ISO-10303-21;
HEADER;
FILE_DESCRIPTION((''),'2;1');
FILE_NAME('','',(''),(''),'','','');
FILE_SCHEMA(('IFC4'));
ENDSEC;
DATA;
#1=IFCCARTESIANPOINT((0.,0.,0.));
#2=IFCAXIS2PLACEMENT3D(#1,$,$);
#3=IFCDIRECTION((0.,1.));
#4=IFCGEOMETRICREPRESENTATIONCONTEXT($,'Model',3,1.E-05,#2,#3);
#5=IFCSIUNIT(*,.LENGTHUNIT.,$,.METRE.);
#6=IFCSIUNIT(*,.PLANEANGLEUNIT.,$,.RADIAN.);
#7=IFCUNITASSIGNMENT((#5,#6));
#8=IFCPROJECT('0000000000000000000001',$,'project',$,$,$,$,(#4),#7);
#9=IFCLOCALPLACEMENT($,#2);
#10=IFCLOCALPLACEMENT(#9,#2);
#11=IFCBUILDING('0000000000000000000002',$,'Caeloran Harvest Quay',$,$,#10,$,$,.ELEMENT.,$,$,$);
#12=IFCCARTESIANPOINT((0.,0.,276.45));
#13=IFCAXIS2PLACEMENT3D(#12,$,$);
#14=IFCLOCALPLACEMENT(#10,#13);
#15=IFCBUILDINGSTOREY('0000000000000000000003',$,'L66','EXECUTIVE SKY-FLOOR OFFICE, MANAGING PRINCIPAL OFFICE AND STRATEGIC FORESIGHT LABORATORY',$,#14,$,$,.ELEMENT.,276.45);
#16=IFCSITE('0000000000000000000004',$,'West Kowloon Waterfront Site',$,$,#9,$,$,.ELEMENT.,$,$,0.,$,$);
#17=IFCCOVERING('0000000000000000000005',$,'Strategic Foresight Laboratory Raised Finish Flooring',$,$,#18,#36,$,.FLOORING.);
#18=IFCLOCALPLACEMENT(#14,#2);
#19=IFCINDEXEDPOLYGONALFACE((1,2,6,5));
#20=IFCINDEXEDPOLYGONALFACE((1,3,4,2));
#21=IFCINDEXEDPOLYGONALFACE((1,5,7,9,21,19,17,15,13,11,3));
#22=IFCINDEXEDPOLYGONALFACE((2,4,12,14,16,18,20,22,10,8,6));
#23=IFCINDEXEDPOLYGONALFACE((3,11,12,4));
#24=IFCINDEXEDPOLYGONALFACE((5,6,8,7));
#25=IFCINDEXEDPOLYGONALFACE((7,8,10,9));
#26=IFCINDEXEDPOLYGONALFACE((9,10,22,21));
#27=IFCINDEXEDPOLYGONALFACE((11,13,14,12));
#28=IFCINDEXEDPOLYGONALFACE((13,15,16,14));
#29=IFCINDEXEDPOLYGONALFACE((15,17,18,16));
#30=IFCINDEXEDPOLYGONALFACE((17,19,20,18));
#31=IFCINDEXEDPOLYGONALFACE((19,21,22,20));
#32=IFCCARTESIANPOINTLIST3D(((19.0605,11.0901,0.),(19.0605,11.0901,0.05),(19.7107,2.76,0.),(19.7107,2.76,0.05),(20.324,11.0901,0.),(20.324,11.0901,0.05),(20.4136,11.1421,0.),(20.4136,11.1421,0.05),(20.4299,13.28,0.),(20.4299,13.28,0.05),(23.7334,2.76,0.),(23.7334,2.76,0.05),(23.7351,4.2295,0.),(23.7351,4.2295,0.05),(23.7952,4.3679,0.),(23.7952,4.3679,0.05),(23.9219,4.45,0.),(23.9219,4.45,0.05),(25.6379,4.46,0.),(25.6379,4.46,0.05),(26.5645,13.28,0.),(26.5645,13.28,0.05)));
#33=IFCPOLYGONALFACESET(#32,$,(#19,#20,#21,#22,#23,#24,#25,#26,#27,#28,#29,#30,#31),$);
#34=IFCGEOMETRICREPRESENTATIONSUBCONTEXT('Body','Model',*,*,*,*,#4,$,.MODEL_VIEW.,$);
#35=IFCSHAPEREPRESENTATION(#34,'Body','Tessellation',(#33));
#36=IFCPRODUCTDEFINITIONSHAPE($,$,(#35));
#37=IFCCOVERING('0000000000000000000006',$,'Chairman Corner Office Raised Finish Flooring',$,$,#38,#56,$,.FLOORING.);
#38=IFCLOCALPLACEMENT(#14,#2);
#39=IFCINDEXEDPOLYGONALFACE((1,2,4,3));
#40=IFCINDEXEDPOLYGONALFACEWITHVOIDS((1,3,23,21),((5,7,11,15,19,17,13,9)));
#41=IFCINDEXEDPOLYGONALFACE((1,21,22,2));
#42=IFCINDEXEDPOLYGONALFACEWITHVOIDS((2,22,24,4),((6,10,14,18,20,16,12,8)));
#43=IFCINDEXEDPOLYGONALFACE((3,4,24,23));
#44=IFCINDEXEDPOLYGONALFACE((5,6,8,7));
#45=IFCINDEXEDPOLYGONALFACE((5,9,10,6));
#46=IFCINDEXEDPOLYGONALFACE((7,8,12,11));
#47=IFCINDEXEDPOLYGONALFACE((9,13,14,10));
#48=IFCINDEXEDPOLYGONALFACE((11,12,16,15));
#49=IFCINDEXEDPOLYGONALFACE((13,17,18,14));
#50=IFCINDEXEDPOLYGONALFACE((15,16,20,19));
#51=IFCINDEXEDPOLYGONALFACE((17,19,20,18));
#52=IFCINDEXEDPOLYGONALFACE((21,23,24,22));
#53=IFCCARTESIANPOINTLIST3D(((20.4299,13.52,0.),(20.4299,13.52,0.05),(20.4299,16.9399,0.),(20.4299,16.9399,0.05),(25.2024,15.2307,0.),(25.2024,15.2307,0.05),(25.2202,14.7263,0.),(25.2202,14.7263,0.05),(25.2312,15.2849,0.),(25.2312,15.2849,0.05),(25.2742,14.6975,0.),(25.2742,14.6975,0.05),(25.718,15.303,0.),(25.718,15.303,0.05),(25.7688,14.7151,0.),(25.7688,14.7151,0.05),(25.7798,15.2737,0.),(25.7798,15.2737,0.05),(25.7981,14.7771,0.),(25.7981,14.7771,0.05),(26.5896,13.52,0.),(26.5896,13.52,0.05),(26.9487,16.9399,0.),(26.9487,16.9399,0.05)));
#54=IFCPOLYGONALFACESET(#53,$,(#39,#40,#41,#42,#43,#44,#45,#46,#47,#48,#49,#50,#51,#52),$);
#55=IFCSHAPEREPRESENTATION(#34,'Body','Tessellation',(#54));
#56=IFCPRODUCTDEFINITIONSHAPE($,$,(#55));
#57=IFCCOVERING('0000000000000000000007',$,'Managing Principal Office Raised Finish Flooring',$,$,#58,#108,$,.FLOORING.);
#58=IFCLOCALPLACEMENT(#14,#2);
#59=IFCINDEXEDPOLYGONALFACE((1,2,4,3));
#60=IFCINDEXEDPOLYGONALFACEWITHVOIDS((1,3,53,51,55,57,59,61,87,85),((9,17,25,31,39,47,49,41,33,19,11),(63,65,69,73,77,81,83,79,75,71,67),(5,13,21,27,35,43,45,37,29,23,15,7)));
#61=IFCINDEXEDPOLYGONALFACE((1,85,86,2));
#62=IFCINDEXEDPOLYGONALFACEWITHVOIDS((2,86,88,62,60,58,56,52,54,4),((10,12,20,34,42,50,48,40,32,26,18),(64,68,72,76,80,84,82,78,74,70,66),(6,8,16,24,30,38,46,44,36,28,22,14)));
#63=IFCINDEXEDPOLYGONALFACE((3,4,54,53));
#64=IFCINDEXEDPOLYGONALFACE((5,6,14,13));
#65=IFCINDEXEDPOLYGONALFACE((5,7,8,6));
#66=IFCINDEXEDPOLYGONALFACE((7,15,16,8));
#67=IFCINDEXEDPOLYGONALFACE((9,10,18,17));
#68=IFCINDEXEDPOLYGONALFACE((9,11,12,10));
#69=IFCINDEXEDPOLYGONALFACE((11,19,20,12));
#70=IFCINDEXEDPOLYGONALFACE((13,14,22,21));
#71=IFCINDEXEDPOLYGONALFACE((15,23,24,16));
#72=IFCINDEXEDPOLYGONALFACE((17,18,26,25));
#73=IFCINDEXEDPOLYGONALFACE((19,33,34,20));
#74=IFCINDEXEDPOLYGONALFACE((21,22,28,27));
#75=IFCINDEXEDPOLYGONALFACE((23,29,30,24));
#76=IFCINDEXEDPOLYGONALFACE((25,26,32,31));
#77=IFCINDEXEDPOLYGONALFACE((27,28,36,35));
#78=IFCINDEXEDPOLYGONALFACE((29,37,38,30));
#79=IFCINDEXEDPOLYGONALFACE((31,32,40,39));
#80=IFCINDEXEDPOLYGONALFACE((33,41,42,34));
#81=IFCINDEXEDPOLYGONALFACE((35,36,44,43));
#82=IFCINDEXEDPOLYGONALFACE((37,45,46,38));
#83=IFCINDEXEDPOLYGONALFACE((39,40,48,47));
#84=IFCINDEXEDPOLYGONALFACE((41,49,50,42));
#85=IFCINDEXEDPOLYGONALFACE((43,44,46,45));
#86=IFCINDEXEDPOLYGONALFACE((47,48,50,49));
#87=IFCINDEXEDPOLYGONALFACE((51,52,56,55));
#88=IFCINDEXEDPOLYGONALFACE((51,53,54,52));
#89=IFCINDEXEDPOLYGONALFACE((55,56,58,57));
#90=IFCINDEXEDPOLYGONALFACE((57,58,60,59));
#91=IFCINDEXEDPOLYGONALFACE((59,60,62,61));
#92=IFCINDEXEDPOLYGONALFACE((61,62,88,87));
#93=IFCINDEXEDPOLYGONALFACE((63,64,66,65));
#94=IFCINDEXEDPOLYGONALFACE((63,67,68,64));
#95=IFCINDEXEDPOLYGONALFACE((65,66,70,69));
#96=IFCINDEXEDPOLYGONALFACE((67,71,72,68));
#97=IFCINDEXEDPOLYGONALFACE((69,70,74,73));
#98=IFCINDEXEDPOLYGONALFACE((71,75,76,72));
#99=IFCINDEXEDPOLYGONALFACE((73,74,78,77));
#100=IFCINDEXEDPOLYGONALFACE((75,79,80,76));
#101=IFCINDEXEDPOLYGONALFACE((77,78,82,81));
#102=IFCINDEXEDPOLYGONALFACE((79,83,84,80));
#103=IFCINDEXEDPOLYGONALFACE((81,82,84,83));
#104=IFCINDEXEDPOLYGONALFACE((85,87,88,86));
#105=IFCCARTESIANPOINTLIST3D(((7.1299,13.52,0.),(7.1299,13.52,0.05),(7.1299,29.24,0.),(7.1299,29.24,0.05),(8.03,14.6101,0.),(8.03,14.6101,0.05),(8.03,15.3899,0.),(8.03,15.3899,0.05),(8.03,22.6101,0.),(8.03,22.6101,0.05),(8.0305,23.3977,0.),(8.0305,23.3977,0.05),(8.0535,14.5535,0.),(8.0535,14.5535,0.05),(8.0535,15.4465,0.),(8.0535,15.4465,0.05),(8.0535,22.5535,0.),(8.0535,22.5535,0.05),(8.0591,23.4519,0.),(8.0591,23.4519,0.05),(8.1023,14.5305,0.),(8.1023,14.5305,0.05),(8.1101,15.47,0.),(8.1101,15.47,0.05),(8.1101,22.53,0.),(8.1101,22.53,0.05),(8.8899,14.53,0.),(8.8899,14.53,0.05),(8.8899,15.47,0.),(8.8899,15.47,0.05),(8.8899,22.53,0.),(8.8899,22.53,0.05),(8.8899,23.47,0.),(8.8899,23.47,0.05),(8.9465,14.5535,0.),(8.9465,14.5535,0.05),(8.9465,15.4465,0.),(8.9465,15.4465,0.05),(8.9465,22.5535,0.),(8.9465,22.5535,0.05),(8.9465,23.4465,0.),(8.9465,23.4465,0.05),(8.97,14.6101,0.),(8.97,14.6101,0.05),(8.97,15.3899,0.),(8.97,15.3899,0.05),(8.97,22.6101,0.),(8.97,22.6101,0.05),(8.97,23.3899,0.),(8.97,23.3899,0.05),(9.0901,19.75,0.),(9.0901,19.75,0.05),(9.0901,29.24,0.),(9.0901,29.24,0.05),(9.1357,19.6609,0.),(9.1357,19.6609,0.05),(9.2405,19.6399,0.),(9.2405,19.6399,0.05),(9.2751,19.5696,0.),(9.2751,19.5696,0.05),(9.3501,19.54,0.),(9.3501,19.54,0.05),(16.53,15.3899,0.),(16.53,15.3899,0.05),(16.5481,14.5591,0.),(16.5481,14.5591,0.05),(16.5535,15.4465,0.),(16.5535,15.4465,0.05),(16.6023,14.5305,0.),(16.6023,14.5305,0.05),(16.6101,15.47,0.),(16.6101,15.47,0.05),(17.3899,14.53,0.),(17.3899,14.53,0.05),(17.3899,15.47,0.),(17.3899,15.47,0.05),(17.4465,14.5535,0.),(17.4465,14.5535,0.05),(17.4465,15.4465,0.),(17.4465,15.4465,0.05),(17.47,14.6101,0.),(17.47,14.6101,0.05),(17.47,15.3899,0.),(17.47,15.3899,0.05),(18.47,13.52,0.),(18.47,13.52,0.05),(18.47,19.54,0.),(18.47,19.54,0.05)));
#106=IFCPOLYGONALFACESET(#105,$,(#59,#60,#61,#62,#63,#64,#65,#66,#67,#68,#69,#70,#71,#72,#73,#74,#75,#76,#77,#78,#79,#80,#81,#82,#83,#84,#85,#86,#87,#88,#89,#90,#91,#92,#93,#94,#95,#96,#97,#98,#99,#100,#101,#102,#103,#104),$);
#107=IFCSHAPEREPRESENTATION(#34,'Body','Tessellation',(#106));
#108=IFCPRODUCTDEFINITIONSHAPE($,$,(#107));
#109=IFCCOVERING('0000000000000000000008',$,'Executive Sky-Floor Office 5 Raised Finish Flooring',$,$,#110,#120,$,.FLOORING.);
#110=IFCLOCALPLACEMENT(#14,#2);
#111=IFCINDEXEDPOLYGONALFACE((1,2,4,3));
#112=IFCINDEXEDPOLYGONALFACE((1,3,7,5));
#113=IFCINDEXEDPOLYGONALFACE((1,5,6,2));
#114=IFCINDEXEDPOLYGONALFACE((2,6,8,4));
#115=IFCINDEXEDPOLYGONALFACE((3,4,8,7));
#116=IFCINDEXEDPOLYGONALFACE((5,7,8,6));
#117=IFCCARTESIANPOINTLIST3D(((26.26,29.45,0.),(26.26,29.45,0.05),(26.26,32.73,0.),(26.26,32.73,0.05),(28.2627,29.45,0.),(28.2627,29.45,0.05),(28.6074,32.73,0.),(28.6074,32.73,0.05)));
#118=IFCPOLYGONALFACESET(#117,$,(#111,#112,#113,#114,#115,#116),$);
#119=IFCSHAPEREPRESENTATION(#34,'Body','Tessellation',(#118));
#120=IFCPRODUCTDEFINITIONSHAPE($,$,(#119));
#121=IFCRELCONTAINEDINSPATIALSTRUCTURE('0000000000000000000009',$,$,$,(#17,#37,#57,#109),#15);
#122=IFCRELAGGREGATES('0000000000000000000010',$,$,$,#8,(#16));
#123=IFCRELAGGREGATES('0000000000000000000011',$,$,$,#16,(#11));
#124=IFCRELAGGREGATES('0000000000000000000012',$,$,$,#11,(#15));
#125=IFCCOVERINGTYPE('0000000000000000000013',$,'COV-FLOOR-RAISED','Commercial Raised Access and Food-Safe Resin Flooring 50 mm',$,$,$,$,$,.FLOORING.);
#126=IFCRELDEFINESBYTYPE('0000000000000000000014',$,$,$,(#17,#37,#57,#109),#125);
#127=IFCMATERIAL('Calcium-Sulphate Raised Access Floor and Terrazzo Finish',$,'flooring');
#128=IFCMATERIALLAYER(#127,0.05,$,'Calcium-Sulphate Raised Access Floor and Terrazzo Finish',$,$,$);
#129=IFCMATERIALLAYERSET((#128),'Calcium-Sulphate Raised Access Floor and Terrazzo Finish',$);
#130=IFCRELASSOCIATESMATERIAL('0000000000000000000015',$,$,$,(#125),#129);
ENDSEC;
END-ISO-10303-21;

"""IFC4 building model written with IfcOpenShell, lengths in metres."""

from ifc_helpers import new_model, si_unit, direction, frame, origin, place, context, subcontext, project, spatial, polyline, outline, extrude, material, layer, layer_set, type_object, element, save


model = new_model("IFC4")

# Units and contexts
model_context = context("Model", 3, precision=1e-05, world=origin(), true_north=direction((0.0, 1.0)))
body_context = subcontext(model_context, "Body", "Model", "MODEL_VIEW")
ifc_project = project(units=[si_unit("LENGTHUNIT", "METRE"), si_unit("PLANEANGLEUNIT", "RADIAN")], contexts=[model_context])

# Site, building, storey
site_placement = place(None, origin())
site = spatial("IfcSite", under=ifc_project, at=site_placement, Name="West Kowloon Waterfront Site", CompositionType="ELEMENT", RefElevation=0.0)
building_placement = place(site_placement, origin())
building = spatial("IfcBuilding", under=site, at=building_placement, Name="Caeloran Harvest Quay", CompositionType="ELEMENT")
storey_placement = place(building_placement, frame((0.0, 0.0, 276.45)))
storey = spatial("IfcBuildingStorey", under=building, at=storey_placement, Name="L66", Description="EXECUTIVE SKY-FLOOR OFFICE, MANAGING PRINCIPAL OFFICE AND STRATEGIC FORESIGHT LABORATORY", CompositionType="ELEMENT", Elevation=276.45)

# Coverings
ifc_material_1 = material(Name="Calcium-Sulphate Raised Access Floor and Terrazzo Finish", Category="flooring")
ifc_layer_1 = layer(ifc_material_1, 0.05, Name="Calcium-Sulphate Raised Access Floor and Terrazzo Finish")
ifc_layer_set_1 = layer_set([ifc_layer_1], Name="Calcium-Sulphate Raised Access Floor and Terrazzo Finish")
covering_type_1 = type_object("IfcCoveringType", Name="COV-FLOOR-RAISED", Description="Commercial Raised Access and Food-Safe Resin Flooring 50 mm", PredefinedType="FLOORING", material=ifc_layer_set_1)
covering_1_placement = place(storey_placement, origin())
element("IfcCovering", 1, at=covering_1_placement, inside=storey, type_object=covering_type_1, Name="Strategic Foresight Laboratory Raised Finish Flooring", PredefinedType="FLOORING", context=body_context, shape_type="SweptSolid", body=[
    extrude(outline(polyline([(23.9219, 4.45), (23.7952, 4.3679), (23.7351, 4.2295), (23.7334, 2.76), (19.7107, 2.76), (19.0605, 11.0901), (20.324, 11.0901), (20.4136, 11.1421), (20.4299, 13.28), (26.5645, 13.28), (25.6379, 4.46), (23.9219, 4.45)])), origin(), (0.0, 0.0, 1.0), 0.05),
])
covering_2_placement = place(storey_placement, origin())
element("IfcCovering", 2, at=covering_2_placement, inside=storey, type_object=covering_type_1, Name="Chairman Corner Office Raised Finish Flooring", PredefinedType="FLOORING", context=body_context, shape_type="SweptSolid", body=[
    extrude(outline(polyline([(20.4299, 13.52), (20.4299, 16.9399), (26.9487, 16.9399), (26.5896, 13.52), (20.4299, 13.52)]), holes=[polyline([(25.2024, 15.2307), (25.2202, 14.7263), (25.2742, 14.6975), (25.7688, 14.7151), (25.7981, 14.7771), (25.7798, 15.2737), (25.718, 15.303), (25.2312, 15.2849), (25.2024, 15.2307)])]), origin(), (0.0, 0.0, 1.0), 0.05),
])
covering_3_placement = place(storey_placement, origin())
element("IfcCovering", 3, at=covering_3_placement, inside=storey, type_object=covering_type_1, Name="Managing Principal Office Raised Finish Flooring", PredefinedType="FLOORING", context=body_context, shape_type="SweptSolid", body=[
    extrude(outline(polyline([(9.2405, 19.6399), (9.2751, 19.5696), (9.3501, 19.54), (18.47, 19.54), (18.47, 13.52), (7.1299, 13.52), (7.1299, 29.24), (9.0901, 29.24), (9.0901, 19.75), (9.1357, 19.6609), (9.2405, 19.6399)]), holes=[polyline([(16.53, 15.3899), (16.5481, 14.5591), (16.6023, 14.5305), (17.3899, 14.53), (17.4465, 14.5535), (17.47, 14.6101), (17.47, 15.3899), (17.4465, 15.4465), (17.3899, 15.47), (16.6101, 15.47), (16.5535, 15.4465), (16.53, 15.3899)]), polyline([(8.03, 14.6101), (8.0535, 14.5535), (8.1023, 14.5305), (8.8899, 14.53), (8.9465, 14.5535), (8.97, 14.6101), (8.97, 15.3899), (8.9465, 15.4465), (8.8899, 15.47), (8.1101, 15.47), (8.0535, 15.4465), (8.03, 15.3899), (8.03, 14.6101)]), polyline([(8.8899, 23.47), (8.0591, 23.4519), (8.0305, 23.3977), (8.03, 22.6101), (8.0535, 22.5535), (8.1101, 22.53), (8.8899, 22.53), (8.9465, 22.5535), (8.97, 22.6101), (8.97, 23.3899), (8.9465, 23.4465), (8.8899, 23.47)])]), origin(), (0.0, 0.0, 1.0), 0.05),
])
covering_4_placement = place(storey_placement, origin())
element("IfcCovering", 4, at=covering_4_placement, inside=storey, type_object=covering_type_1, Name="Executive Sky-Floor Office 5 Raised Finish Flooring", PredefinedType="FLOORING", context=body_context, shape_type="SweptSolid", body=[
    extrude(outline(polyline([(26.26, 32.73), (28.6074, 32.73), (28.2627, 29.45), (26.26, 29.45), (26.26, 32.73)])), origin(), (0.0, 0.0, 1.0), 0.05),
])

save(model, "model.ifc")
